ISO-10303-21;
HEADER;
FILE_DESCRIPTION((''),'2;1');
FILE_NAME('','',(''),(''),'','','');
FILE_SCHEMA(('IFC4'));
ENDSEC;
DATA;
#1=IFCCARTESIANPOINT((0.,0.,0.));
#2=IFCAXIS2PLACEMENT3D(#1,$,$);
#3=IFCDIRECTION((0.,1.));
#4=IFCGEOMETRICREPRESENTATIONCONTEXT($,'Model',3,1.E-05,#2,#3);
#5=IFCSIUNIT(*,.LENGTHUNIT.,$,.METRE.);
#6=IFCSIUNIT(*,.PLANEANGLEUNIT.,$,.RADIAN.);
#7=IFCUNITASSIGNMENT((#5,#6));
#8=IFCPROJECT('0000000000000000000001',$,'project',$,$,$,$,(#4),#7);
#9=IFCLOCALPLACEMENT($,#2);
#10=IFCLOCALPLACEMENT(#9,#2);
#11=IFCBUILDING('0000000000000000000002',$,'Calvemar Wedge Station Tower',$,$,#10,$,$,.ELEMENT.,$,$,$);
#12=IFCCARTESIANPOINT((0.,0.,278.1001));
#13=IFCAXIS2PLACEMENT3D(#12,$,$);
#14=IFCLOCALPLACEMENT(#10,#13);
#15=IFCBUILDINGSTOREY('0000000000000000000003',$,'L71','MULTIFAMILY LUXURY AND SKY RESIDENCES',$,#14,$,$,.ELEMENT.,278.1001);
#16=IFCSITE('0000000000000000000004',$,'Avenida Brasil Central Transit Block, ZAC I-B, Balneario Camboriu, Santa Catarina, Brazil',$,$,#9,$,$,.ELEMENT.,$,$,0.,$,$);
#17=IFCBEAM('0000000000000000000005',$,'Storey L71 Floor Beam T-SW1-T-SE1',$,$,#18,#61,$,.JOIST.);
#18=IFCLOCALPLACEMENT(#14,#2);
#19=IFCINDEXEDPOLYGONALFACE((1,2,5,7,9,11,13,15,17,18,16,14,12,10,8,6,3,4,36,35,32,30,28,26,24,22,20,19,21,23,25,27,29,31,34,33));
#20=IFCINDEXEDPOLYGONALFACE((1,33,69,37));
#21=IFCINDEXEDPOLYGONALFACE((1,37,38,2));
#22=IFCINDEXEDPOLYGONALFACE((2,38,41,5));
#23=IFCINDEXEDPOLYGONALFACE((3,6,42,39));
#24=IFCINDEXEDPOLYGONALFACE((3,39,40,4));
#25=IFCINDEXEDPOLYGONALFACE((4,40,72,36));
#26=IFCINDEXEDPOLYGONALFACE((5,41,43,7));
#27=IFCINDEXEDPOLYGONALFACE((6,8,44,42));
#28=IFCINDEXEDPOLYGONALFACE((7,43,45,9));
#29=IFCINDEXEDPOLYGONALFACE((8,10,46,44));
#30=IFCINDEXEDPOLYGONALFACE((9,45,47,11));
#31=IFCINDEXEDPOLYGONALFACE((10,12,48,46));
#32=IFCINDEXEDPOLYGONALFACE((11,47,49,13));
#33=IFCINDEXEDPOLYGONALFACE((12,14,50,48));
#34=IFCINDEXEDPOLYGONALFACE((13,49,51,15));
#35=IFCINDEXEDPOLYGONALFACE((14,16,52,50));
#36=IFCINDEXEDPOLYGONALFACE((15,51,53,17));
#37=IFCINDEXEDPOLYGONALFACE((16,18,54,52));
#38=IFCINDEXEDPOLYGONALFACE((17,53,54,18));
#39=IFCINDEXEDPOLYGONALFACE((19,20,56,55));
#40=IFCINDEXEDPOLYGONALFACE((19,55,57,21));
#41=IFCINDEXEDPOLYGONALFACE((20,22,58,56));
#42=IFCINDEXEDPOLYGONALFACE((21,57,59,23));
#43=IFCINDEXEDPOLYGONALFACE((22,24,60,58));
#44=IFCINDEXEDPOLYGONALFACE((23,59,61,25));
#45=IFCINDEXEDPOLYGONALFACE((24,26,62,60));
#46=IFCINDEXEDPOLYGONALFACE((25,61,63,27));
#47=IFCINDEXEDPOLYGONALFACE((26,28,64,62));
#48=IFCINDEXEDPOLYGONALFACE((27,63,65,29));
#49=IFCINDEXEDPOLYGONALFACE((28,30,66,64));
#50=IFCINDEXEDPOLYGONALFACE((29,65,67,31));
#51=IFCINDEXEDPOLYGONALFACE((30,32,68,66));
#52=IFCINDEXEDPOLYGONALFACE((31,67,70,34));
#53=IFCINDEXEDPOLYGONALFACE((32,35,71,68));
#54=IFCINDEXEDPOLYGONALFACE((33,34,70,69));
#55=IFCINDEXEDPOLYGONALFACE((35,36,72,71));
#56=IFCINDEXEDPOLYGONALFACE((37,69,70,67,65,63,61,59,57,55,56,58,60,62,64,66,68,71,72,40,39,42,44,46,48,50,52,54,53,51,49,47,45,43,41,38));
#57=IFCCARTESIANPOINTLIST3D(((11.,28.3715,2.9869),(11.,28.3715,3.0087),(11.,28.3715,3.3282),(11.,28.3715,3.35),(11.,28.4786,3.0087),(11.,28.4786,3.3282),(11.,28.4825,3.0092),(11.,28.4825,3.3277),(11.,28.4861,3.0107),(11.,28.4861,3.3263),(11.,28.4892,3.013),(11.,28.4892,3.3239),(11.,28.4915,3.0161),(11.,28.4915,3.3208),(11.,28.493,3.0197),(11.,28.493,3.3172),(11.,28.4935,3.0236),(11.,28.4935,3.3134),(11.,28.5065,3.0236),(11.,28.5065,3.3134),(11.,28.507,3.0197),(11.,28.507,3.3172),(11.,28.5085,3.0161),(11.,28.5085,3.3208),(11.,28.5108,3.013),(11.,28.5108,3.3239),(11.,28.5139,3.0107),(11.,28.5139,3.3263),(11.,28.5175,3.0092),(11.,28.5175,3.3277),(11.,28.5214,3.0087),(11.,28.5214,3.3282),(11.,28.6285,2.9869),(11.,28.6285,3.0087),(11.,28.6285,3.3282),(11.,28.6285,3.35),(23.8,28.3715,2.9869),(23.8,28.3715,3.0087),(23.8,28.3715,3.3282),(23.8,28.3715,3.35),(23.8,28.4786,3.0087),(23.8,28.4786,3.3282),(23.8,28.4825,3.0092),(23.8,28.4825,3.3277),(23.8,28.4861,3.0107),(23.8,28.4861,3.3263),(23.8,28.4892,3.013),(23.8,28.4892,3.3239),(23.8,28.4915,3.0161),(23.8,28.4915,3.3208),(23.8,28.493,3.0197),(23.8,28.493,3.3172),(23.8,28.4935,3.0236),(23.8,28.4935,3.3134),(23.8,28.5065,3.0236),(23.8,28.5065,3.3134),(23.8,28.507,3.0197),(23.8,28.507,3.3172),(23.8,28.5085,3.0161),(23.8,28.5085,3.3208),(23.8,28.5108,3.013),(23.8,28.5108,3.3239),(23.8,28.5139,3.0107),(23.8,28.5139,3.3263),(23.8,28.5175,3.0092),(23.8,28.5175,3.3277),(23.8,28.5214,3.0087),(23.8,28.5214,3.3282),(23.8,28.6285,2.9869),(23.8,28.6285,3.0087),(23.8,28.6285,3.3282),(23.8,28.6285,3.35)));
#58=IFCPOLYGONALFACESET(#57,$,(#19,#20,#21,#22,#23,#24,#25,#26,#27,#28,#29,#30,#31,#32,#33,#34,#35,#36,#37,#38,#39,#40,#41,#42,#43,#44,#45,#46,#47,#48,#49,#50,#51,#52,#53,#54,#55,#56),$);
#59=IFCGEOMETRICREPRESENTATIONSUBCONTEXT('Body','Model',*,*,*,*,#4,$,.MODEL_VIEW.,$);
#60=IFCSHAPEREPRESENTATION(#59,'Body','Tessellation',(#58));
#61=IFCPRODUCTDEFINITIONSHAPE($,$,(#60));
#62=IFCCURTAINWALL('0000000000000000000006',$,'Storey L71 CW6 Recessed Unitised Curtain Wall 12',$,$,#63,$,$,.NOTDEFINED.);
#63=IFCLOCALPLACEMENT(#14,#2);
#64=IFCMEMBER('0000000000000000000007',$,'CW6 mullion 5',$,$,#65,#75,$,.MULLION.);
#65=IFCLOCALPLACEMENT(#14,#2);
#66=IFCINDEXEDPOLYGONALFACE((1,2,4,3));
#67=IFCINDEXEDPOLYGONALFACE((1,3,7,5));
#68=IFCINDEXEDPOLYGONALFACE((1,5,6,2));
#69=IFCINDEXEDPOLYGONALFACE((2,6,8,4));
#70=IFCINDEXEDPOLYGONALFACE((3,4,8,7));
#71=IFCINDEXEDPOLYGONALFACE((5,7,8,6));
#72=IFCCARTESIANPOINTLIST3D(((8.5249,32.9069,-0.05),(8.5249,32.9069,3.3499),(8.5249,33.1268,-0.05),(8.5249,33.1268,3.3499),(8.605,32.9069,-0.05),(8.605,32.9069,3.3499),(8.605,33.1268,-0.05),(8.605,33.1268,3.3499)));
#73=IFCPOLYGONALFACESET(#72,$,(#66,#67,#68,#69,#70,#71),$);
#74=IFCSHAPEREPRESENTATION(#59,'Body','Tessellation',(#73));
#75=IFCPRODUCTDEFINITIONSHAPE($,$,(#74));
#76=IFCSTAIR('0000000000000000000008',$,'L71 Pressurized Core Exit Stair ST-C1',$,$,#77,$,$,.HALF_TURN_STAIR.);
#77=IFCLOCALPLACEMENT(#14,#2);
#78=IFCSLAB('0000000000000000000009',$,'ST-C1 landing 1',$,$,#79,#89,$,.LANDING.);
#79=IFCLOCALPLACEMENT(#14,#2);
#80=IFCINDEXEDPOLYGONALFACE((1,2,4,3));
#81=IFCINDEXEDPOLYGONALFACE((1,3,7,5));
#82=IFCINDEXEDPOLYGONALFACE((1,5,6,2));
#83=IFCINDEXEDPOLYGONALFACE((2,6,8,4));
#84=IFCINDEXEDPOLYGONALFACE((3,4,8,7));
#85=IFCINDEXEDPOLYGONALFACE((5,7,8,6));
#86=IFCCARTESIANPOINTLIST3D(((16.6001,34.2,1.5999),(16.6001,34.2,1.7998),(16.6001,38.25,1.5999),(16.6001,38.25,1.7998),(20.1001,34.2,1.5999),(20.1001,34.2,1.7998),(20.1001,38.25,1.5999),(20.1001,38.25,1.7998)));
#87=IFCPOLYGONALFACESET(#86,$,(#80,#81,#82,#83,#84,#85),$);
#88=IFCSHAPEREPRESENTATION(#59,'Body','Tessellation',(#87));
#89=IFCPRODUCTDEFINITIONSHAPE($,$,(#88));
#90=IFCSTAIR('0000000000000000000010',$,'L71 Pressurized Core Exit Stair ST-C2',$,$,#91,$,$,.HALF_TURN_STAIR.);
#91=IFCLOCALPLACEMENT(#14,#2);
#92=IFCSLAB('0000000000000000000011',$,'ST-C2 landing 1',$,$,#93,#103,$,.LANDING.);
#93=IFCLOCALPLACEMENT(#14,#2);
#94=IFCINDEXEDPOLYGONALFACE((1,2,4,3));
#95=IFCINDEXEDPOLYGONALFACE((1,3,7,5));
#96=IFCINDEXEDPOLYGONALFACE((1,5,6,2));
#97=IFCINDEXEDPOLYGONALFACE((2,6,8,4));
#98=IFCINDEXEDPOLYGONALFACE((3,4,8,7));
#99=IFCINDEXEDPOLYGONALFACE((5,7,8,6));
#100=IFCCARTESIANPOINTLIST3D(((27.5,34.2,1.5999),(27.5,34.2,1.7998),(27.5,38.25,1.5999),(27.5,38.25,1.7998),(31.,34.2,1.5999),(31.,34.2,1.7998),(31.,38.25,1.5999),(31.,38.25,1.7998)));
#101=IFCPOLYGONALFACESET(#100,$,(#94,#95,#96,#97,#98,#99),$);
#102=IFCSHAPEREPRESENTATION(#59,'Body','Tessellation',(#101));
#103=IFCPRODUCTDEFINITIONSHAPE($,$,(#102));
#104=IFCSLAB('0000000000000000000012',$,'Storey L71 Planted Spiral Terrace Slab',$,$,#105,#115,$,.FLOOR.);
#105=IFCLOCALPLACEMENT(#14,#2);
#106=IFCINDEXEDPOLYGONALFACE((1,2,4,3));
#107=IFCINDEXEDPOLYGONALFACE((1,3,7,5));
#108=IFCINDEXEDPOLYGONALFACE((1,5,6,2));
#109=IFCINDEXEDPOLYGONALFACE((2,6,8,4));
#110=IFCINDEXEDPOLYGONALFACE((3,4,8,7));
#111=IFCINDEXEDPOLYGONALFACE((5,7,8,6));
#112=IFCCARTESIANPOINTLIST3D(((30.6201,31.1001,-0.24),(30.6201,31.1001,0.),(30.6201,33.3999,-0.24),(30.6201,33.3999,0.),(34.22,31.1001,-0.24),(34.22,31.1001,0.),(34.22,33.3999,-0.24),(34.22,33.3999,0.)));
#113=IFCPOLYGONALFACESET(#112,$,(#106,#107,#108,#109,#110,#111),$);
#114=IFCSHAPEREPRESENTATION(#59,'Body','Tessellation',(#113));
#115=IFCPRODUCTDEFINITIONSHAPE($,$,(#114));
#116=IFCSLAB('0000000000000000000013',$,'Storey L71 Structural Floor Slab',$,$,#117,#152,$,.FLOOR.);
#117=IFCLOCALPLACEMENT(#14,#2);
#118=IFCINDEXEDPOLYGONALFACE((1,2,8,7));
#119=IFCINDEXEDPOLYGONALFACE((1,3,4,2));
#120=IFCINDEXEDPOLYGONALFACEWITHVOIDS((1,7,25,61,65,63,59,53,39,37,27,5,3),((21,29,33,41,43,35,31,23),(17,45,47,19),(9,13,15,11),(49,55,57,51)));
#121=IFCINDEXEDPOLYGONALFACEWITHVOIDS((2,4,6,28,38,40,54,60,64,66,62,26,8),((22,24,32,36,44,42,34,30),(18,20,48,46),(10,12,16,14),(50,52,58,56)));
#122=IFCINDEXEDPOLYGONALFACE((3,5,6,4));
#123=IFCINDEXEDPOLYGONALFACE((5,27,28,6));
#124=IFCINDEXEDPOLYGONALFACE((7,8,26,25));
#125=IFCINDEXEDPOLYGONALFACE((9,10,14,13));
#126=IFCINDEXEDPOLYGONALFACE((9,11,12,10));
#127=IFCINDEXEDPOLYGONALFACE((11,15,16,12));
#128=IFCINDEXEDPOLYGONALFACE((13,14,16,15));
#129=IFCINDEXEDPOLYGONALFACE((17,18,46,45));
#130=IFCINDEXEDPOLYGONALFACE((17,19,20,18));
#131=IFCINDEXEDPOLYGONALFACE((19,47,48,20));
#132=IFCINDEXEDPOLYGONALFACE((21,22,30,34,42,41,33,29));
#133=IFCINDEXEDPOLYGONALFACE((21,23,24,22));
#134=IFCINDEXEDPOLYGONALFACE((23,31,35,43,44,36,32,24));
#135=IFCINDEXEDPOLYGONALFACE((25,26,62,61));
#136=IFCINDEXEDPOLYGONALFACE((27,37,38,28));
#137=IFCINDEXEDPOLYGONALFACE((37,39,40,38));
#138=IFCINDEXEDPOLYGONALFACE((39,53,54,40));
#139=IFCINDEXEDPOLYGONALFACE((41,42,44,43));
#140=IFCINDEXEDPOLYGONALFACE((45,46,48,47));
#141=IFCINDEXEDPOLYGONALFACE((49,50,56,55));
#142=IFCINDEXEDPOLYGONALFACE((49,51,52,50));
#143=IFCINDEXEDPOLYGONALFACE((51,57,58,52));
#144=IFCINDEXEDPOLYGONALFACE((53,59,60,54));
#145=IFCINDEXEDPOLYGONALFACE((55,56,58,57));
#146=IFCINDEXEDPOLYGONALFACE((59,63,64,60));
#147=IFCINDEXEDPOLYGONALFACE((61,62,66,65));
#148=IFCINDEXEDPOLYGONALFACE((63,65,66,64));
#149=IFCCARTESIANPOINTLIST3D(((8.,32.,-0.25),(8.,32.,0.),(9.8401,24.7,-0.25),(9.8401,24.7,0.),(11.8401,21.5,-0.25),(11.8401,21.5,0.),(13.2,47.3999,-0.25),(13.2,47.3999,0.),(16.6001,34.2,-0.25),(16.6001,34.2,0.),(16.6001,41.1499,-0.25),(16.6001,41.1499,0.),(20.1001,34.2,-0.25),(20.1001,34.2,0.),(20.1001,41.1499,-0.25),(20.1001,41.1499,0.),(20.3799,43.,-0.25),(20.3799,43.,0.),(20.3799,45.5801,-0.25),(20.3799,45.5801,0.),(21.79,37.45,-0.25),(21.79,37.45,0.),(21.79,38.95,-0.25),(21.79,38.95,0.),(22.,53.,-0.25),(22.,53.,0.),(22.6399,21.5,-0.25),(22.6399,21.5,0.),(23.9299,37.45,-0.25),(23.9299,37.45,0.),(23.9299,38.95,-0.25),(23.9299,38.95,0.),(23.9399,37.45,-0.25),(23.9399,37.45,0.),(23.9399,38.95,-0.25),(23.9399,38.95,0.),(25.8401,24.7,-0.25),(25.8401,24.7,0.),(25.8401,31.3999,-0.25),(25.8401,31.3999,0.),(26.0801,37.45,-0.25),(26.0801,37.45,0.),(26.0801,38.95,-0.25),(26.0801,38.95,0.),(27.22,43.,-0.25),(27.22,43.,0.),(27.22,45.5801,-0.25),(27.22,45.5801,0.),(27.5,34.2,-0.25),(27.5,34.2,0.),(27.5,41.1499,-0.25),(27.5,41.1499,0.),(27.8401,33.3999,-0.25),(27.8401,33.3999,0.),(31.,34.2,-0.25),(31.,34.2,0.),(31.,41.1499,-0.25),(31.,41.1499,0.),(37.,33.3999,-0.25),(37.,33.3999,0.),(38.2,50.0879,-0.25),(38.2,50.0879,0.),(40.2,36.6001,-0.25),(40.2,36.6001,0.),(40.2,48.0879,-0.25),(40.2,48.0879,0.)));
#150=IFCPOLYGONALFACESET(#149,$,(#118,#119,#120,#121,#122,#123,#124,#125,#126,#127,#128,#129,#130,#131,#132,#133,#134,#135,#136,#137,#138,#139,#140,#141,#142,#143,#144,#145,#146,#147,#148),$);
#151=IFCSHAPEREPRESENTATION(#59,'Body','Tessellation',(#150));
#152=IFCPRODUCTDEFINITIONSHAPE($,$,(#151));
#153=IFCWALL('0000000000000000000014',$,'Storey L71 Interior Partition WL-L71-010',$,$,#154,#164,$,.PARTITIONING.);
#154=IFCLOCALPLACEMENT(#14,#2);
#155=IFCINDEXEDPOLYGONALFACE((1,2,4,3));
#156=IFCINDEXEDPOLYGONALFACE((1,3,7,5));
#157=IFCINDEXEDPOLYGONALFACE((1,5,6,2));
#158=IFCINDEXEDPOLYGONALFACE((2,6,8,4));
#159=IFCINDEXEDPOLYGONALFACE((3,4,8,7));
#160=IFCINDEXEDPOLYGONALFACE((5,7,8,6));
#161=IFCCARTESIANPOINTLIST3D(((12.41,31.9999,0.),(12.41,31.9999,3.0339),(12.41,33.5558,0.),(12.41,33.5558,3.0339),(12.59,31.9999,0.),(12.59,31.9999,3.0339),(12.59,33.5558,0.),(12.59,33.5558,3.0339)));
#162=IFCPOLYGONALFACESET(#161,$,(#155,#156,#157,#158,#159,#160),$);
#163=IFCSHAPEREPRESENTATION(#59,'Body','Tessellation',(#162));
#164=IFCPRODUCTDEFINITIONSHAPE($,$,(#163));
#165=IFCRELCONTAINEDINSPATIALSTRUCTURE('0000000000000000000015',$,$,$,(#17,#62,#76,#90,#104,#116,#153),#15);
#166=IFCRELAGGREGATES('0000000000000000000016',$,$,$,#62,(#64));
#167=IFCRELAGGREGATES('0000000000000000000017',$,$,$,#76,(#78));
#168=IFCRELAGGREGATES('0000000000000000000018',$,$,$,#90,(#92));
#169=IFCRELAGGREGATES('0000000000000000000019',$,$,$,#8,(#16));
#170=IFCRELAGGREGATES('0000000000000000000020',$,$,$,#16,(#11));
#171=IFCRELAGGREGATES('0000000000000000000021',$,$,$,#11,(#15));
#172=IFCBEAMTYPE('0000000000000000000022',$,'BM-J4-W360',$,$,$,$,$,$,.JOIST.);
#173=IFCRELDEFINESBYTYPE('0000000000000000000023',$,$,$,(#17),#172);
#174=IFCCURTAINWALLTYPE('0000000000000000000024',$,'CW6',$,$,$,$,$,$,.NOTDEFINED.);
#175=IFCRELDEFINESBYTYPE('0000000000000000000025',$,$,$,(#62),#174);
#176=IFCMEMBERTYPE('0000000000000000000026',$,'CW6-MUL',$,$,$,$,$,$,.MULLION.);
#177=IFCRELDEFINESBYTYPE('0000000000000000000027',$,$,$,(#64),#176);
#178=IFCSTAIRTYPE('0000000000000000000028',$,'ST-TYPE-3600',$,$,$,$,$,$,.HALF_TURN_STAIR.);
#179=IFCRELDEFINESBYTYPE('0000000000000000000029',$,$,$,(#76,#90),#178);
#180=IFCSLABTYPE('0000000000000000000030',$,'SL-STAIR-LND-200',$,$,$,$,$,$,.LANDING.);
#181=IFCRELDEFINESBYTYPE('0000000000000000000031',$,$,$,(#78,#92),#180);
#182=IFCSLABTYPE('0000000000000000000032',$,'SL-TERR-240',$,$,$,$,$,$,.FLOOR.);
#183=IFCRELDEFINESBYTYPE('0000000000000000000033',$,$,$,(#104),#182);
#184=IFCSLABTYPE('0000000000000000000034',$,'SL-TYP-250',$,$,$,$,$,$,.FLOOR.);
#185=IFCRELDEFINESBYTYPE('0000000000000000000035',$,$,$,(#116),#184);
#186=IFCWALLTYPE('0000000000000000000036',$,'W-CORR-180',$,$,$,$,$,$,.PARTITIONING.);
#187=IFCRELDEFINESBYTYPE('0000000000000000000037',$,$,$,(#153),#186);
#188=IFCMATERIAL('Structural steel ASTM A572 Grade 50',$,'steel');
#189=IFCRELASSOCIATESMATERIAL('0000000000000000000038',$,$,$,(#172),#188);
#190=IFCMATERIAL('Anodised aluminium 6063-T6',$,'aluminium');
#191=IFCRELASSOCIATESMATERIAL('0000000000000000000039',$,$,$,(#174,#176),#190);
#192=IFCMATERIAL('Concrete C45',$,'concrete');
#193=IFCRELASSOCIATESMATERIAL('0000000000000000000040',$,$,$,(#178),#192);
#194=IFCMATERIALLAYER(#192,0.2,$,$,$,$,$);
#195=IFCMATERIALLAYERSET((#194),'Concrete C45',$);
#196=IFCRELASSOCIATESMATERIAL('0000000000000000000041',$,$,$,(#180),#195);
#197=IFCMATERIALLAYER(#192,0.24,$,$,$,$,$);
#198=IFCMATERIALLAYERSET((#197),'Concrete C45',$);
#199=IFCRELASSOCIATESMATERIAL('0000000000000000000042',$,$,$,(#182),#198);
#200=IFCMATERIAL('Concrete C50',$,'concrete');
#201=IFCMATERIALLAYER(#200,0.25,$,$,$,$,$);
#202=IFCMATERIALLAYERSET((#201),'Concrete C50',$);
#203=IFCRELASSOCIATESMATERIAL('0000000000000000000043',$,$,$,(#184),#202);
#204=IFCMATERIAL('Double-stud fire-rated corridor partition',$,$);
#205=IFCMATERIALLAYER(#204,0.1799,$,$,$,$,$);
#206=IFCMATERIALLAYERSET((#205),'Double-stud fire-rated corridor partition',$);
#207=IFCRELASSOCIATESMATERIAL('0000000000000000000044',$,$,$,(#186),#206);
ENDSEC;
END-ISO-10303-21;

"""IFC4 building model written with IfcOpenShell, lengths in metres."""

from ifc_helpers import new_model, si_unit, direction, frame, frame_2d, origin, origin_2d, place, context, subcontext, project, spatial, polyline, rectangle, i_section, outline, extrude, source, transform, mapped, material, layer, layer_set, material_profile, profile_set, type_object, element, aggregate, save


model = new_model("IFC4")

# Units and contexts
model_context = context("Model", 3, precision=1e-05, world=origin(), true_north=direction((0.0, 1.0)))
body_context = subcontext(model_context, "Body", "Model", "MODEL_VIEW")
ifc_project = project(units=[si_unit("LENGTHUNIT", "METRE"), si_unit("PLANEANGLEUNIT", "RADIAN")], contexts=[model_context])

# Site, building, storey
site_placement = place(None, origin())
site = spatial("IfcSite", under=ifc_project, at=site_placement, Name="Avenida Brasil Central Transit Block, ZAC I-B, Balneario Camboriu, Santa Catarina, Brazil", CompositionType="ELEMENT", RefElevation=0.0)
building_placement = place(site_placement, origin())
building = spatial("IfcBuilding", under=site, at=building_placement, Name="Calvemar Wedge Station Tower", CompositionType="ELEMENT")
storey_placement = place(building_placement, frame((0.0, 0.0, 278.1001)))
storey = spatial("IfcBuildingStorey", under=building, at=storey_placement, Name="L71", Description="MULTIFAMILY LUXURY AND SKY RESIDENCES", CompositionType="ELEMENT", Elevation=278.1001)

# Shared definitions
ifc_material_1 = material(Name="Concrete C50", Category="concrete")

# Beam
ifc_material_2 = material(Name="Structural steel ASTM A572 Grade 50", Category="steel")
ifc_material_profile_1 = material_profile(ifc_material_2, i_section(OverallWidth=0.2571, OverallDepth=0.363, WebThickness=0.0129, FlangeThickness=0.0217, FilletRadius=0.0149, at=origin_2d()), Name="W360x122")
ifc_profile_set_1 = profile_set([ifc_material_profile_1], Name="Structural steel ASTM A572 Grade 50")
beam_type_1 = type_object("IfcBeamType", Name="BM-J4-W360", PredefinedType="JOIST", material=ifc_profile_set_1)
shared_shape_1 = source(origin(), body_context, "Body", "SweptSolid", [
    extrude(i_section(OverallWidth=0.2571, OverallDepth=0.363, WebThickness=0.0129, FlangeThickness=0.0217, FilletRadius=0.0149, at=origin_2d()), origin(), (0.0, 0.0, 1.0), 12.8),
])
beam_1_placement = place(storey_placement, frame((11.0, 28.5, 3.1685), z_axis=(1.0, 0.0, 0.0), x_axis=(0.0, 1.0, 0.0)))
element("IfcBeam", 1, at=beam_1_placement, inside=storey, type_object=beam_type_1, Name="Storey L71 Floor Beam T-SW1-T-SE1", PredefinedType="JOIST", context=body_context, shape_type="MappedRepresentation", body=[
    mapped(shared_shape_1, transform((0.0, 0.0, 0.0), scale=1.0)),
])

# Curtain wall, member
ifc_material_3 = material(Name="Anodised aluminium 6063-T6", Category="aluminium")
curtain_wall_type = type_object("IfcCurtainWallType", Name="CW6", PredefinedType="NOTDEFINED", material=ifc_material_3)
curtain_wall_placement = place(storey_placement, origin())
curtain_wall = element("IfcCurtainWall", 2, at=curtain_wall_placement, inside=storey, type_object=curtain_wall_type, Name="Storey L71 CW6 Recessed Unitised Curtain Wall 12", PredefinedType="NOTDEFINED")
ifc_material_profile_2 = material_profile(ifc_material_3, rectangle(XDim=0.0801, YDim=0.22, at=origin_2d()), Name="AL-MUL-80x220")
ifc_profile_set_2 = profile_set([ifc_material_profile_2], Name="Anodised aluminium 6063-T6")
member_type = type_object("IfcMemberType", Name="CW6-MUL", PredefinedType="MULLION", material=ifc_profile_set_2)
shared_shape_2 = source(origin(), body_context, "Body", "SweptSolid", [
    extrude(rectangle(XDim=0.0801, YDim=0.22, at=origin_2d()), origin(), (0.0, 0.0, 1.0), 3.3999),
])
member_placement = place(storey_placement, frame((8.5649, 33.0168, -0.05), z_axis=(0.0, 0.0, 1.0), x_axis=(1.0, 0.0, 0.0)))
member = element("IfcMember", 3, at=member_placement, type_object=member_type, Name="CW6 mullion 5", PredefinedType="MULLION", context=body_context, shape_type="MappedRepresentation", body=[
    mapped(shared_shape_2, transform((0.0, 0.0, 0.0), scale=1.0)),
])
aggregate(curtain_wall, [member])

# Stairs, slabs
ifc_material_4 = material(Name="Concrete C45", Category="concrete")
stair_type = type_object("IfcStairType", Name="ST-TYPE-3600", PredefinedType="HALF_TURN_STAIR", material=ifc_material_4)
stair_1_placement = place(storey_placement, origin())
stair_1 = element("IfcStair", 4, at=stair_1_placement, inside=storey, type_object=stair_type, Name="L71 Pressurized Core Exit Stair ST-C1", PredefinedType="HALF_TURN_STAIR")
ifc_layer_1 = layer(ifc_material_4, 0.2)
ifc_layer_set_1 = layer_set([ifc_layer_1], Name="Concrete C45")
slab_type_1 = type_object("IfcSlabType", Name="SL-STAIR-LND-200", PredefinedType="LANDING", material=ifc_layer_set_1)
slab_1_placement = place(storey_placement, frame((0.0, 0.0, 1.5999)))
slab_1 = element("IfcSlab", 5, at=slab_1_placement, type_object=slab_type_1, Name="ST-C1 landing 1", PredefinedType="LANDING", context=body_context, shape_type="SweptSolid", body=[
    extrude(outline(polyline([(16.6001, 38.25), (16.6001, 34.2), (20.1001, 34.2), (20.1001, 38.25), (16.6001, 38.25)])), origin(), (0.0, 0.0, 1.0), 0.2),
])
aggregate(stair_1, [slab_1])
stair_2_placement = place(storey_placement, origin())
stair_2 = element("IfcStair", 6, at=stair_2_placement, inside=storey, type_object=stair_type, Name="L71 Pressurized Core Exit Stair ST-C2", PredefinedType="HALF_TURN_STAIR")
slab_2_placement = place(storey_placement, frame((0.0, 0.0, 1.5999)))
slab_2 = element("IfcSlab", 7, at=slab_2_placement, type_object=slab_type_1, Name="ST-C2 landing 1", PredefinedType="LANDING", context=body_context, shape_type="SweptSolid", body=[
    extrude(outline(polyline([(27.5, 38.25), (27.5, 34.2), (31.0, 34.2), (31.0, 38.25), (27.5, 38.25)])), origin(), (0.0, 0.0, 1.0), 0.2),
])
aggregate(stair_2, [slab_2])

# Slabs
ifc_layer_2 = layer(ifc_material_4, 0.24)
ifc_layer_set_2 = layer_set([ifc_layer_2], Name="Concrete C45")
slab_type_2 = type_object("IfcSlabType", Name="SL-TERR-240", PredefinedType="FLOOR", material=ifc_layer_set_2)
slab_3_placement = place(storey_placement, frame((0.0, 0.0, -0.24)))
element("IfcSlab", 8, at=slab_3_placement, inside=storey, type_object=slab_type_2, Name="Storey L71 Planted Spiral Terrace Slab", PredefinedType="FLOOR", context=body_context, shape_type="SweptSolid", body=[
    extrude(outline(polyline([(30.6201, 33.3999), (30.6201, 31.1001), (34.22, 31.1001), (34.22, 33.3999), (30.6201, 33.3999)])), origin(), (0.0, 0.0, 1.0), 0.24),
])
ifc_layer_3 = layer(ifc_material_1, 0.25)
ifc_layer_set_3 = layer_set([ifc_layer_3], Name="Concrete C50")
slab_type_3 = type_object("IfcSlabType", Name="SL-TYP-250", PredefinedType="FLOOR", material=ifc_layer_set_3)
slab_4_placement = place(storey_placement, frame((0.0, 0.0, -0.25)))
element("IfcSlab", 9, at=slab_4_placement, inside=storey, type_object=slab_type_3, Name="Storey L71 Structural Floor Slab", PredefinedType="FLOOR", context=body_context, shape_type="SweptSolid", body=[
    extrude(outline(polyline([(8.0, 32.0), (9.8401, 24.7), (11.8401, 21.5), (22.6399, 21.5), (25.8401, 24.7), (25.8401, 31.3999), (27.8401, 33.3999), (37.0, 33.3999), (40.2, 36.6001), (40.2, 48.0879), (38.2, 50.0879), (22.0, 53.0), (13.2, 47.3999), (8.0, 32.0)]), holes=[polyline([(20.1001, 34.2), (20.1001, 41.1499), (16.6001, 41.1499), (16.6001, 34.2), (20.1001, 34.2)]), polyline([(31.0, 34.2), (31.0, 41.1499), (27.5, 41.1499), (27.5, 34.2), (31.0, 34.2)]), polyline([(23.9299, 38.95), (21.79, 38.95), (21.79, 37.45), (23.9299, 37.45), (23.9399, 37.45), (26.0801, 37.45), (26.0801, 38.95), (23.9399, 38.95), (23.9299, 38.95)]), polyline([(27.22, 43.0), (27.22, 45.5801), (20.3799, 45.5801), (20.3799, 43.0), (27.22, 43.0)])]), origin(), (0.0, 0.0, 1.0), 0.25),
])

# Wall
ifc_material_5 = material(Name="Double-stud fire-rated corridor partition")
ifc_layer_4 = layer(ifc_material_5, 0.1799)
ifc_layer_set_4 = layer_set([ifc_layer_4], Name="Double-stud fire-rated corridor partition")
wall_type_1 = type_object("IfcWallType", Name="W-CORR-180", PredefinedType="PARTITIONING", material=ifc_layer_set_4)
wall_1_placement = place(storey_placement, frame((12.5, 32.0, 0.0), z_axis=(0.0, 0.0, 1.0), x_axis=(0.0, 1.0, 0.0)))
element("IfcWall", 10, at=wall_1_placement, inside=storey, type_object=wall_type_1, Name="Storey L71 Interior Partition WL-L71-010", PredefinedType="PARTITIONING", context=body_context, shape_type="SweptSolid", body=[
    extrude(rectangle(XDim=1.5559, YDim=0.1799, at=frame_2d((0.7778, 0.0))), origin(), (0.0, 0.0, 1.0), 3.0339),
])

save(model, "model.ifc")
